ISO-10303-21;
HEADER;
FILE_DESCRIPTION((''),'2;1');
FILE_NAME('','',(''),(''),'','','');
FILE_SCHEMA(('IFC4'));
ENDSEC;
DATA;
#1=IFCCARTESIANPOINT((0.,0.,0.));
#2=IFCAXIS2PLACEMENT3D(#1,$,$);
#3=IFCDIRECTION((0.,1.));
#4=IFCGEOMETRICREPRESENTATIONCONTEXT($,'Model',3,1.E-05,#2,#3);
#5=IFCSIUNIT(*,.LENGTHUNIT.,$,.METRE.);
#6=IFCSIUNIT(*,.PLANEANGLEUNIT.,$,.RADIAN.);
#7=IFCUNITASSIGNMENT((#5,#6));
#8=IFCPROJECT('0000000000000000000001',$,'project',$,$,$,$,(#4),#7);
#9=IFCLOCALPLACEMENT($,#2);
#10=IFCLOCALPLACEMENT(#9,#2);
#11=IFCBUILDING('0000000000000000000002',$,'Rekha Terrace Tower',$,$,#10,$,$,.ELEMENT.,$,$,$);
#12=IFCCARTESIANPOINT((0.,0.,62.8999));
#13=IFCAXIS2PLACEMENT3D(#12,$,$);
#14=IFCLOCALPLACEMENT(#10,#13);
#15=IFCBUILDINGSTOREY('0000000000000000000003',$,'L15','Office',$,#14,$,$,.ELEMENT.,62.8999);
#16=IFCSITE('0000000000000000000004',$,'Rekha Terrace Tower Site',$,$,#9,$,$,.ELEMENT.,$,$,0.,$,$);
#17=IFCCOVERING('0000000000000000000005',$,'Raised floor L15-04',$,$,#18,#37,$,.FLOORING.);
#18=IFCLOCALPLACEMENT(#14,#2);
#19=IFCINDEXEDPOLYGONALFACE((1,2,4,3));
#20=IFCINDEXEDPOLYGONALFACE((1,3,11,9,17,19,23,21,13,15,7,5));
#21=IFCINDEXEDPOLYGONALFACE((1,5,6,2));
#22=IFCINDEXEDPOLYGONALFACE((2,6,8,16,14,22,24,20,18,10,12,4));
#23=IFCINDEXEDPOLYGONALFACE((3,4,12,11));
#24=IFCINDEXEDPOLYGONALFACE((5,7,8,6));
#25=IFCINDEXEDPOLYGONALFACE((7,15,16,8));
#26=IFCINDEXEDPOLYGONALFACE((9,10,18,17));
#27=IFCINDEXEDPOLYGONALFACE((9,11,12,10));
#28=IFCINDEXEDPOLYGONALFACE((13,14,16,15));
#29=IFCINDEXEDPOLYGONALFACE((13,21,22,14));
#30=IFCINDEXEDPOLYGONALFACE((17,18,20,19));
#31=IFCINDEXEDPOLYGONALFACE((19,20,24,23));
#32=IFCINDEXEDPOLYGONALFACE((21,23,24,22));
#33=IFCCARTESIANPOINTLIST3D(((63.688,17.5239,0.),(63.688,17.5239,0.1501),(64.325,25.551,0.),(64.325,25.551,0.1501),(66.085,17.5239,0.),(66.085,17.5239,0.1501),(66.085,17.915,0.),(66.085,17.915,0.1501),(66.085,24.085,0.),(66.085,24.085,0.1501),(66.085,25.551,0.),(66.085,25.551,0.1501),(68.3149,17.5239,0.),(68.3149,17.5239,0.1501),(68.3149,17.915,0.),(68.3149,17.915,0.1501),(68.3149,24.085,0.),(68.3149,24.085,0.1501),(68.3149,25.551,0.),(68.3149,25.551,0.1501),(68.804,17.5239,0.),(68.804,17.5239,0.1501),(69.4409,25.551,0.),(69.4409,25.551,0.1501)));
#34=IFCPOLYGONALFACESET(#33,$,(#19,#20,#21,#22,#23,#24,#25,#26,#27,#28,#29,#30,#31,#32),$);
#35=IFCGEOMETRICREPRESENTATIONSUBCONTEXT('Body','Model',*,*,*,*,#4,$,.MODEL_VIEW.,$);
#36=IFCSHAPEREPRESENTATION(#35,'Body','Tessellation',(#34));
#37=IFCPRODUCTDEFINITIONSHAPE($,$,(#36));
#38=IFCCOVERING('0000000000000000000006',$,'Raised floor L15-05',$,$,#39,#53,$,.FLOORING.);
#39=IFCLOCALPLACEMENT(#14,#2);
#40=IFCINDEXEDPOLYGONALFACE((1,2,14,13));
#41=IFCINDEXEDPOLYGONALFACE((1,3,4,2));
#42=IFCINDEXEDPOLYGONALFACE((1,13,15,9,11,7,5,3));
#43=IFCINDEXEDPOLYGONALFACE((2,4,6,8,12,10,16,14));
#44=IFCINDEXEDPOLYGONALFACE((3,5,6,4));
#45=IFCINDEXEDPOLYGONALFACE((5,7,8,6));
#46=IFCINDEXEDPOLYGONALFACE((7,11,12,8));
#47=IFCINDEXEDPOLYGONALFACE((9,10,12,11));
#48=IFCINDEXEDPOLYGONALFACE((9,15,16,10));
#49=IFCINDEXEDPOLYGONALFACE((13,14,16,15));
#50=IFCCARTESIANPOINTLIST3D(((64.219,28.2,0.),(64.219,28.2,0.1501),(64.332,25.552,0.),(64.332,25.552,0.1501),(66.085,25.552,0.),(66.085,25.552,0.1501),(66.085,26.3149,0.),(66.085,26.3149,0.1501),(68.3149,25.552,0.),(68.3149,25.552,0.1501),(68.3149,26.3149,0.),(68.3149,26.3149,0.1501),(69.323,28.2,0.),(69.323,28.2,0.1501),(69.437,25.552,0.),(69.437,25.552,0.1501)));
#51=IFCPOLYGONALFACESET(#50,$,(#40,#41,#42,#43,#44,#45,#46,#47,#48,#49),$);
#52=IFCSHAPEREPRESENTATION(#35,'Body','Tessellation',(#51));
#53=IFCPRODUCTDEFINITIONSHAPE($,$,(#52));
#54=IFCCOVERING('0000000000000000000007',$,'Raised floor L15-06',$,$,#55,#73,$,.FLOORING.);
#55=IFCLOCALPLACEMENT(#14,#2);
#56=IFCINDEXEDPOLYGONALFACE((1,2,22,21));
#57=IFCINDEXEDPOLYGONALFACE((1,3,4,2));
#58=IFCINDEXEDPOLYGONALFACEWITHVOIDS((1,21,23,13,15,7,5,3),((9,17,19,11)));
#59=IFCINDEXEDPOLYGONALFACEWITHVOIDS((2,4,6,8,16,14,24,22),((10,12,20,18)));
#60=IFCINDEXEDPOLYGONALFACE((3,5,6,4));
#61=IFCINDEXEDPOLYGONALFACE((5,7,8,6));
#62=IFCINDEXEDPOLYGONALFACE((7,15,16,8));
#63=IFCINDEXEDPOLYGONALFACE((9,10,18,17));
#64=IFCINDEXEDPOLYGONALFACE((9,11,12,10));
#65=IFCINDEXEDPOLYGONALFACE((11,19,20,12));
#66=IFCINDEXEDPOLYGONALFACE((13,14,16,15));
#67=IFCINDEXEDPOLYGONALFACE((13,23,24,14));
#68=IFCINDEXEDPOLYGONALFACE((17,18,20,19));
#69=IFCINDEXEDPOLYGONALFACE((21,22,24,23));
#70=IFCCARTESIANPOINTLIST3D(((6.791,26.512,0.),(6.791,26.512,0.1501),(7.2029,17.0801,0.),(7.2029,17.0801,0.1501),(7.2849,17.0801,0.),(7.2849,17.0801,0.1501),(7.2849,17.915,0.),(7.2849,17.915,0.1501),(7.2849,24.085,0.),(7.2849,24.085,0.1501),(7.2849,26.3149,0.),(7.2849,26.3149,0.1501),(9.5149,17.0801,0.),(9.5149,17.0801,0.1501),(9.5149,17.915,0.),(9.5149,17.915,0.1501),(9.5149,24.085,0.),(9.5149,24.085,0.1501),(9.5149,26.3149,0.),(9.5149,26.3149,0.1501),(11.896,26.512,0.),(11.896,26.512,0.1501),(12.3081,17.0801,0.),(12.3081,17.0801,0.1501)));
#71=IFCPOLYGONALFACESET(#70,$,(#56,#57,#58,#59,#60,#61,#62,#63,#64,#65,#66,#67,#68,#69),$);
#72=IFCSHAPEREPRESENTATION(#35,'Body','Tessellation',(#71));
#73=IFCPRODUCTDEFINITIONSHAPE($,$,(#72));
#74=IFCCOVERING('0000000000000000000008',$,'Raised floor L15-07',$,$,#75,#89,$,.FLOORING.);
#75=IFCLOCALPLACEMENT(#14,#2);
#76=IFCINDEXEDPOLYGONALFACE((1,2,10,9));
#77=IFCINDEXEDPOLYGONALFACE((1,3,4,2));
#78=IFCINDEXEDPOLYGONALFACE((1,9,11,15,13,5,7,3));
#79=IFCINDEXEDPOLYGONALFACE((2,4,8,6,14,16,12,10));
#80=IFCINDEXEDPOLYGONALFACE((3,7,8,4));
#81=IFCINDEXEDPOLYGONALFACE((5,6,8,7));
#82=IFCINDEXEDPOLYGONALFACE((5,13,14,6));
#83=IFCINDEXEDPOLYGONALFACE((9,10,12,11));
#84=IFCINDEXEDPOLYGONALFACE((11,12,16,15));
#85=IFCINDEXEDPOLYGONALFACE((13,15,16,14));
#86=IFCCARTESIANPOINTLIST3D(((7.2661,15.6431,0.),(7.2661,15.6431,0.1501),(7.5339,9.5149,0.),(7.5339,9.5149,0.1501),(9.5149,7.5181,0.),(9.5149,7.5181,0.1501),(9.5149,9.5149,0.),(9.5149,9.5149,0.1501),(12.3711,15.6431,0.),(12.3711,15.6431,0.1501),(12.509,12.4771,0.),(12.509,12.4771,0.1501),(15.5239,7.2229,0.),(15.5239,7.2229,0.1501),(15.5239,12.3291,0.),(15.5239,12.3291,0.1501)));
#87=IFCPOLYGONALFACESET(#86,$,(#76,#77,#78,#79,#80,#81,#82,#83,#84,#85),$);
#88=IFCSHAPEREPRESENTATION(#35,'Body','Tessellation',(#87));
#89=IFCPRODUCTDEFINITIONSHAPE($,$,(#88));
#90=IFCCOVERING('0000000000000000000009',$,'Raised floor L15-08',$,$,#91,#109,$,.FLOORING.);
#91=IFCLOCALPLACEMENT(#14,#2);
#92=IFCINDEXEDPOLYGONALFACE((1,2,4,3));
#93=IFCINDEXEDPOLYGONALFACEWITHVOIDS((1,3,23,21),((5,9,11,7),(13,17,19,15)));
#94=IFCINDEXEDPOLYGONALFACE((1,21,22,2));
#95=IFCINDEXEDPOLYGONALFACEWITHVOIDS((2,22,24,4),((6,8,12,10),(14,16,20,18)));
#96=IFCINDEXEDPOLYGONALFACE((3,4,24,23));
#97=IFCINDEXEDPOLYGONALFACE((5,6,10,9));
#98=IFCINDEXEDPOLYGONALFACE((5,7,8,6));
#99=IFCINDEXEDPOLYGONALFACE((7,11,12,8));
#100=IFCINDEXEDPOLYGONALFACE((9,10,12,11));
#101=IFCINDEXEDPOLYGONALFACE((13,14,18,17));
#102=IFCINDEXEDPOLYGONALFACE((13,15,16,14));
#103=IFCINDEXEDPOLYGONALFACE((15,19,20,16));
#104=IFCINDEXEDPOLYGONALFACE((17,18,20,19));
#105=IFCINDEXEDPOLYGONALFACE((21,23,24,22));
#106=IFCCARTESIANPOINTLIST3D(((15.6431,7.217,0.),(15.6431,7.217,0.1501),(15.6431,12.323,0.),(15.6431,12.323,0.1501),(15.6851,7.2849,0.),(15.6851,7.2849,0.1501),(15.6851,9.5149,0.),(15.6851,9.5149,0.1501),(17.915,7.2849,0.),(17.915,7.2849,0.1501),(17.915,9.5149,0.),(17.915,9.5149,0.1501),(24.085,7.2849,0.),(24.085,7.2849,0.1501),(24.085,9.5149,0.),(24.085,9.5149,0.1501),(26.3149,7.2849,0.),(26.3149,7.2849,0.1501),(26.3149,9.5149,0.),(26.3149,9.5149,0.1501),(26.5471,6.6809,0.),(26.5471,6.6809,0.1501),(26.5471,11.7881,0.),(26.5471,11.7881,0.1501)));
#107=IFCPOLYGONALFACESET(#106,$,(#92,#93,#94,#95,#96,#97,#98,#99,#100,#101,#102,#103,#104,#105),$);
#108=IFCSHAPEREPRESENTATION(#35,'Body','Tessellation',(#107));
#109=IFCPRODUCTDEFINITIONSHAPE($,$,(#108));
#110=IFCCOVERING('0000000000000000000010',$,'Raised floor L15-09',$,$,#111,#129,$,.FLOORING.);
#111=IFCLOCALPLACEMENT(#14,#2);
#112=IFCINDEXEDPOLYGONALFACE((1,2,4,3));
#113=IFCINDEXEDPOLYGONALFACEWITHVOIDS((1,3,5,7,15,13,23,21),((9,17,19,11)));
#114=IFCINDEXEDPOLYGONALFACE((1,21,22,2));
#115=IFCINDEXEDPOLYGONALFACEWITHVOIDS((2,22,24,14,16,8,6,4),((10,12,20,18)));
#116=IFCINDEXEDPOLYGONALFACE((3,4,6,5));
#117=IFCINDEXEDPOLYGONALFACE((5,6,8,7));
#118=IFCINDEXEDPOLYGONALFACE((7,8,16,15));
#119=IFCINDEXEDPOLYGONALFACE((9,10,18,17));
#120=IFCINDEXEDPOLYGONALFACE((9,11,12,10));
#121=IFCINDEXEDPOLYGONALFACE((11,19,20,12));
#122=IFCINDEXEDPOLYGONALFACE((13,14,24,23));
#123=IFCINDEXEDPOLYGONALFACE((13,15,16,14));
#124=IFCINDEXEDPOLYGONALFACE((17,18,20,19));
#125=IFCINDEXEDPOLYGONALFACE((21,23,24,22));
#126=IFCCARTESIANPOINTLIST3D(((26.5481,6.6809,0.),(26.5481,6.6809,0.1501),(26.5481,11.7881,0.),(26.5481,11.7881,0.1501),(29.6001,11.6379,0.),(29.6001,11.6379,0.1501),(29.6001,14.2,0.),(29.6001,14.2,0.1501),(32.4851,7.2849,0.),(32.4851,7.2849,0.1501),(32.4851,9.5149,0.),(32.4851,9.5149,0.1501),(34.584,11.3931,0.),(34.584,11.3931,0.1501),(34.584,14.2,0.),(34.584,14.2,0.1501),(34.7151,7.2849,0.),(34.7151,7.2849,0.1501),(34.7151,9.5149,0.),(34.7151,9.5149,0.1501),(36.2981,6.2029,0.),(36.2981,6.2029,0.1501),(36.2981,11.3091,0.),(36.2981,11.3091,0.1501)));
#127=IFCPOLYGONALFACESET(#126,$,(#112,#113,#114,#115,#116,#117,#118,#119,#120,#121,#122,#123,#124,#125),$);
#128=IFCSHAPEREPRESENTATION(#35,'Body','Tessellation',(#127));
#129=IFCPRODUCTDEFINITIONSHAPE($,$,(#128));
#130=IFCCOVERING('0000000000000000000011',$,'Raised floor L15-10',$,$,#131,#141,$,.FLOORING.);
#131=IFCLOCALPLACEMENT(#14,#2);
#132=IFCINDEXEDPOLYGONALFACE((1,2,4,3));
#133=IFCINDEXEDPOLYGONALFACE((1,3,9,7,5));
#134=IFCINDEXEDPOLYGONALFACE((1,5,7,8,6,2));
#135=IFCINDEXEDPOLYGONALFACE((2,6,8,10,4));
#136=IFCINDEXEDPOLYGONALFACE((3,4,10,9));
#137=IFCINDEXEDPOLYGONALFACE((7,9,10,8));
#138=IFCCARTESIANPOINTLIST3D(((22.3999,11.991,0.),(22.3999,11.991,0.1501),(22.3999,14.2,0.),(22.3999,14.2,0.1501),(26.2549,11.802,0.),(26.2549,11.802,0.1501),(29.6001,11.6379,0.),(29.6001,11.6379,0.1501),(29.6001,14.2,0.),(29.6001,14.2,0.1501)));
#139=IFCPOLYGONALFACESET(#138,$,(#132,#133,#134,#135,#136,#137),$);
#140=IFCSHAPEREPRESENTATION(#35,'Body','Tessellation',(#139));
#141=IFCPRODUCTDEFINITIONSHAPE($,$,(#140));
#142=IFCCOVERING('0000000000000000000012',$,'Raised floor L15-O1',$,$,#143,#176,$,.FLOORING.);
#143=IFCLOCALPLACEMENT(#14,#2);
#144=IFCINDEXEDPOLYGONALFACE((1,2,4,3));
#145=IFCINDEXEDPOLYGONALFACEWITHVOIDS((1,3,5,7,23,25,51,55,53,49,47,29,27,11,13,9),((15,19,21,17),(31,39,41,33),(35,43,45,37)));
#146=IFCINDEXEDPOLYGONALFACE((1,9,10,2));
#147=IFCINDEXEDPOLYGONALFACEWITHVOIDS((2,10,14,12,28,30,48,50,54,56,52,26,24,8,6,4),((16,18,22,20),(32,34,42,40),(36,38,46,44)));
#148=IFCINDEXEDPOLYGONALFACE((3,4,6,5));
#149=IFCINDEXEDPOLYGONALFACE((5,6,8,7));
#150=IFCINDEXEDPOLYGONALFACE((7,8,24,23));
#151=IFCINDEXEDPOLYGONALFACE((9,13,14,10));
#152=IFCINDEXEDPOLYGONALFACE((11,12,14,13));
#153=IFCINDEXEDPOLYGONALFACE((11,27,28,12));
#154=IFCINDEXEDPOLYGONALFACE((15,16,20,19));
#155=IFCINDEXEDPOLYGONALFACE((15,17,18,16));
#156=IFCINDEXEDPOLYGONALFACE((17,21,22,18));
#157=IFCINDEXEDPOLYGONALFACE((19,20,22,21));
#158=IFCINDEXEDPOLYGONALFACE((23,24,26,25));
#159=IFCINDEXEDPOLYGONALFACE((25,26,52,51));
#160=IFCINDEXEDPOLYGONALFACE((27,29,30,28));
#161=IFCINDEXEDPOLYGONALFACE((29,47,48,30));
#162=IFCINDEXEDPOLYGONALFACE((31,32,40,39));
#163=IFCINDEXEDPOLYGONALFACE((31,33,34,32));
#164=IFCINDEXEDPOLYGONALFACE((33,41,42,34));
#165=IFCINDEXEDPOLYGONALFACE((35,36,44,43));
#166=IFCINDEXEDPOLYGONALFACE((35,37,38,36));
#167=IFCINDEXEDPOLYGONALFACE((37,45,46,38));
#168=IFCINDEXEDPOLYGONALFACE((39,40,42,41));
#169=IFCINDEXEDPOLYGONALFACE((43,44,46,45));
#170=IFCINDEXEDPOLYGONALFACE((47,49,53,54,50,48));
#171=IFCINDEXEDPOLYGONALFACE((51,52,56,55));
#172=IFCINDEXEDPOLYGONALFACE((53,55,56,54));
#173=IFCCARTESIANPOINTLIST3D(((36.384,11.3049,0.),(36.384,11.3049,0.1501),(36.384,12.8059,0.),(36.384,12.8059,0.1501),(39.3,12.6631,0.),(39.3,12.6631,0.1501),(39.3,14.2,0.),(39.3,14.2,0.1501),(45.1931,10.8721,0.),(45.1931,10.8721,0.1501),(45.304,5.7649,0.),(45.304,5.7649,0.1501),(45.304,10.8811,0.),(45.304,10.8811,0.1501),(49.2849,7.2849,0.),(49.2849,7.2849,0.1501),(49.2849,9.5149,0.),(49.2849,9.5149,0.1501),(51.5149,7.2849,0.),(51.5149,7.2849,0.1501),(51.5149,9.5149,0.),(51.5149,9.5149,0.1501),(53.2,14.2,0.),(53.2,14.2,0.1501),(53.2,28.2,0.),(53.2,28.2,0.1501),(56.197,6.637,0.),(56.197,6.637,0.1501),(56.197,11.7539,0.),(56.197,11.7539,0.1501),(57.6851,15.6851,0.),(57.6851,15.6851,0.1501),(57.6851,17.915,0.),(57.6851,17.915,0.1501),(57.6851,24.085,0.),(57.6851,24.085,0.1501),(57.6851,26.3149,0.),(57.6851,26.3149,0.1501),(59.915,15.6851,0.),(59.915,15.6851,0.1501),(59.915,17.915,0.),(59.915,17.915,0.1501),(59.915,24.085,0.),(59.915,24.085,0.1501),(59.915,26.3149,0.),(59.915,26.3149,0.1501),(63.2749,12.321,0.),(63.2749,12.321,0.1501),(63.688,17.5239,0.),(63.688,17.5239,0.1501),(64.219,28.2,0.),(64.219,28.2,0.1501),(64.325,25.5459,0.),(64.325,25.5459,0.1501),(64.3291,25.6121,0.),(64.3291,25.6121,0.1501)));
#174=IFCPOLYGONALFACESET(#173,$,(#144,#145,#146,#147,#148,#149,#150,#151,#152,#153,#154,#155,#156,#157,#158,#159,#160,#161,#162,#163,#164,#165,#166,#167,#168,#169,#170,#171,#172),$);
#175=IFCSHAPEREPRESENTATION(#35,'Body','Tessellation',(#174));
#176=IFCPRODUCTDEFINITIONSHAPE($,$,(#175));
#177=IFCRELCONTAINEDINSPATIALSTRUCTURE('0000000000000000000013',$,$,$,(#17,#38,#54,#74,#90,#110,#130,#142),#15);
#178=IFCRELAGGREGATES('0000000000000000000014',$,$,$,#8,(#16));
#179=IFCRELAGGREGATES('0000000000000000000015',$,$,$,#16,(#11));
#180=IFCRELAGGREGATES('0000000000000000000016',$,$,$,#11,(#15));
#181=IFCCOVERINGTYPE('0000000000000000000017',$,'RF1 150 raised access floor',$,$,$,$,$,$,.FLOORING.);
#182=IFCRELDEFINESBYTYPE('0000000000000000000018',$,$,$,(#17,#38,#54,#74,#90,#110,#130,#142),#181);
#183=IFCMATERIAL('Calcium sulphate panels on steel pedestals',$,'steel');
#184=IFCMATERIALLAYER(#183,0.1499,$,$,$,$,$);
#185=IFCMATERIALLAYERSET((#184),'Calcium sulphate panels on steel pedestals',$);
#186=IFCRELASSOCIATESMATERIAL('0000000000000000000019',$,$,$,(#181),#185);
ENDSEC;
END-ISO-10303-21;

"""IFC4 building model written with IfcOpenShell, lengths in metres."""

from ifc_helpers import new_model, si_unit, direction, frame, origin, place, context, subcontext, project, spatial, polyline, outline, extrude, material, layer, layer_set, type_object, element, save


model = new_model("IFC4")

# Units and contexts
model_context = context("Model", 3, precision=1e-05, world=origin(), true_north=direction((0.0, 1.0)))
body_context = subcontext(model_context, "Body", "Model", "MODEL_VIEW")
ifc_project = project(units=[si_unit("LENGTHUNIT", "METRE"), si_unit("PLANEANGLEUNIT", "RADIAN")], contexts=[model_context])

# Site, building, storey
site_placement = place(None, origin())
site = spatial("IfcSite", under=ifc_project, at=site_placement, Name="Rekha Terrace Tower Site", CompositionType="ELEMENT", RefElevation=0.0)
building_placement = place(site_placement, origin())
building = spatial("IfcBuilding", under=site, at=building_placement, Name="Rekha Terrace Tower", CompositionType="ELEMENT")
storey_placement = place(building_placement, frame((0.0, 0.0, 62.8999)))
storey = spatial("IfcBuildingStorey", under=building, at=storey_placement, Name="L15", Description="Office", CompositionType="ELEMENT", Elevation=62.8999)

# Coverings
ifc_material_1 = material(Name="Calcium sulphate panels on steel pedestals", Category="steel")
ifc_layer_1 = layer(ifc_material_1, 0.1499)
ifc_layer_set_1 = layer_set([ifc_layer_1], Name="Calcium sulphate panels on steel pedestals")
covering_type_1 = type_object("IfcCoveringType", Name="RF1 150 raised access floor", PredefinedType="FLOORING", material=ifc_layer_set_1)
covering_1_placement = place(storey_placement, origin())
element("IfcCovering", 1, at=covering_1_placement, inside=storey, type_object=covering_type_1, Name="Raised floor L15-04", PredefinedType="FLOORING", context=body_context, shape_type="SweptSolid", body=[
    extrude(outline(polyline([(68.3149, 17.5239), (68.804, 17.5239), (69.4409, 25.551), (68.3149, 25.551), (68.3149, 24.085), (66.085, 24.085), (66.085, 25.551), (64.325, 25.551), (63.688, 17.5239), (66.085, 17.5239), (66.085, 17.915), (68.3149, 17.915), (68.3149, 17.5239)])), origin(), (0.0, 0.0, 1.0), 0.1501),
])
covering_2_placement = place(storey_placement, origin())
element("IfcCovering", 2, at=covering_2_placement, inside=storey, type_object=covering_type_1, Name="Raised floor L15-05", PredefinedType="FLOORING", context=body_context, shape_type="SweptSolid", body=[
    extrude(outline(polyline([(69.437, 25.552), (69.323, 28.2), (64.219, 28.2), (64.332, 25.552), (66.085, 25.552), (66.085, 26.3149), (68.3149, 26.3149), (68.3149, 25.552), (69.437, 25.552)])), origin(), (0.0, 0.0, 1.0), 0.1501),
])
covering_3_placement = place(storey_placement, origin())
element("IfcCovering", 3, at=covering_3_placement, inside=storey, type_object=covering_type_1, Name="Raised floor L15-06", PredefinedType="FLOORING", context=body_context, shape_type="SweptSolid", body=[
    extrude(outline(polyline([(9.5149, 17.0801), (12.3081, 17.0801), (11.896, 26.512), (6.791, 26.512), (7.2029, 17.0801), (7.2849, 17.0801), (7.2849, 17.915), (9.5149, 17.915), (9.5149, 17.0801)]), holes=[polyline([(9.5149, 24.085), (7.2849, 24.085), (7.2849, 26.3149), (9.5149, 26.3149), (9.5149, 24.085)])]), origin(), (0.0, 0.0, 1.0), 0.1501),
])
covering_4_placement = place(storey_placement, origin())
element("IfcCovering", 4, at=covering_4_placement, inside=storey, type_object=covering_type_1, Name="Raised floor L15-07", PredefinedType="FLOORING", context=body_context, shape_type="SweptSolid", body=[
    extrude(outline(polyline([(12.509, 12.4771), (12.3711, 15.6431), (7.2661, 15.6431), (7.5339, 9.5149), (9.5149, 9.5149), (9.5149, 7.5181), (15.5239, 7.2229), (15.5239, 12.3291), (12.509, 12.4771)])), origin(), (0.0, 0.0, 1.0), 0.1501),
])
covering_5_placement = place(storey_placement, origin())
element("IfcCovering", 5, at=covering_5_placement, inside=storey, type_object=covering_type_1, Name="Raised floor L15-08", PredefinedType="FLOORING", context=body_context, shape_type="SweptSolid", body=[
    extrude(outline(polyline([(26.5471, 6.6809), (26.5471, 11.7881), (15.6431, 12.323), (15.6431, 7.217), (26.5471, 6.6809)]), holes=[polyline([(26.3149, 9.5149), (26.3149, 7.2849), (24.085, 7.2849), (24.085, 9.5149), (26.3149, 9.5149)]), polyline([(17.915, 7.2849), (15.6851, 7.2849), (15.6851, 9.5149), (17.915, 9.5149), (17.915, 7.2849)])]), origin(), (0.0, 0.0, 1.0), 0.1501),
])
covering_6_placement = place(storey_placement, origin())
element("IfcCovering", 6, at=covering_6_placement, inside=storey, type_object=covering_type_1, Name="Raised floor L15-09", PredefinedType="FLOORING", context=body_context, shape_type="SweptSolid", body=[
    extrude(outline(polyline([(34.584, 14.2), (29.6001, 14.2), (29.6001, 11.6379), (26.5481, 11.7881), (26.5481, 6.6809), (36.2981, 6.2029), (36.2981, 11.3091), (34.584, 11.3931), (34.584, 14.2)]), holes=[polyline([(34.7151, 7.2849), (32.4851, 7.2849), (32.4851, 9.5149), (34.7151, 9.5149), (34.7151, 7.2849)])]), origin(), (0.0, 0.0, 1.0), 0.1501),
])
covering_7_placement = place(storey_placement, origin())
element("IfcCovering", 7, at=covering_7_placement, inside=storey, type_object=covering_type_1, Name="Raised floor L15-10", PredefinedType="FLOORING", context=body_context, shape_type="SweptSolid", body=[
    extrude(outline(polyline([(29.6001, 14.2), (22.3999, 14.2), (22.3999, 11.991), (26.2549, 11.802), (29.6001, 11.6379), (29.6001, 14.2)])), origin(), (0.0, 0.0, 1.0), 0.1501),
])
covering_8_placement = place(storey_placement, origin())
element("IfcCovering", 8, at=covering_8_placement, inside=storey, type_object=covering_type_1, Name="Raised floor L15-O1", PredefinedType="FLOORING", context=body_context, shape_type="SweptSolid", body=[
    extrude(outline(polyline([(36.384, 11.3049), (45.1931, 10.8721), (45.304, 10.8811), (45.304, 5.7649), (56.197, 6.637), (56.197, 11.7539), (63.2749, 12.321), (63.688, 17.5239), (64.325, 25.5459), (64.3291, 25.6121), (64.219, 28.2), (53.2, 28.2), (53.2, 14.2), (39.3, 14.2), (39.3, 12.6631), (36.384, 12.8059), (36.384, 11.3049)]), holes=[polyline([(59.915, 17.915), (59.915, 15.6851), (57.6851, 15.6851), (57.6851, 17.915), (59.915, 17.915)]), polyline([(59.915, 24.085), (57.6851, 24.085), (57.6851, 26.3149), (59.915, 26.3149), (59.915, 24.085)]), polyline([(51.5149, 7.2849), (49.2849, 7.2849), (49.2849, 9.5149), (51.5149, 9.5149), (51.5149, 7.2849)])]), origin(), (0.0, 0.0, 1.0), 0.1501),
])

save(model, "model.ifc")
